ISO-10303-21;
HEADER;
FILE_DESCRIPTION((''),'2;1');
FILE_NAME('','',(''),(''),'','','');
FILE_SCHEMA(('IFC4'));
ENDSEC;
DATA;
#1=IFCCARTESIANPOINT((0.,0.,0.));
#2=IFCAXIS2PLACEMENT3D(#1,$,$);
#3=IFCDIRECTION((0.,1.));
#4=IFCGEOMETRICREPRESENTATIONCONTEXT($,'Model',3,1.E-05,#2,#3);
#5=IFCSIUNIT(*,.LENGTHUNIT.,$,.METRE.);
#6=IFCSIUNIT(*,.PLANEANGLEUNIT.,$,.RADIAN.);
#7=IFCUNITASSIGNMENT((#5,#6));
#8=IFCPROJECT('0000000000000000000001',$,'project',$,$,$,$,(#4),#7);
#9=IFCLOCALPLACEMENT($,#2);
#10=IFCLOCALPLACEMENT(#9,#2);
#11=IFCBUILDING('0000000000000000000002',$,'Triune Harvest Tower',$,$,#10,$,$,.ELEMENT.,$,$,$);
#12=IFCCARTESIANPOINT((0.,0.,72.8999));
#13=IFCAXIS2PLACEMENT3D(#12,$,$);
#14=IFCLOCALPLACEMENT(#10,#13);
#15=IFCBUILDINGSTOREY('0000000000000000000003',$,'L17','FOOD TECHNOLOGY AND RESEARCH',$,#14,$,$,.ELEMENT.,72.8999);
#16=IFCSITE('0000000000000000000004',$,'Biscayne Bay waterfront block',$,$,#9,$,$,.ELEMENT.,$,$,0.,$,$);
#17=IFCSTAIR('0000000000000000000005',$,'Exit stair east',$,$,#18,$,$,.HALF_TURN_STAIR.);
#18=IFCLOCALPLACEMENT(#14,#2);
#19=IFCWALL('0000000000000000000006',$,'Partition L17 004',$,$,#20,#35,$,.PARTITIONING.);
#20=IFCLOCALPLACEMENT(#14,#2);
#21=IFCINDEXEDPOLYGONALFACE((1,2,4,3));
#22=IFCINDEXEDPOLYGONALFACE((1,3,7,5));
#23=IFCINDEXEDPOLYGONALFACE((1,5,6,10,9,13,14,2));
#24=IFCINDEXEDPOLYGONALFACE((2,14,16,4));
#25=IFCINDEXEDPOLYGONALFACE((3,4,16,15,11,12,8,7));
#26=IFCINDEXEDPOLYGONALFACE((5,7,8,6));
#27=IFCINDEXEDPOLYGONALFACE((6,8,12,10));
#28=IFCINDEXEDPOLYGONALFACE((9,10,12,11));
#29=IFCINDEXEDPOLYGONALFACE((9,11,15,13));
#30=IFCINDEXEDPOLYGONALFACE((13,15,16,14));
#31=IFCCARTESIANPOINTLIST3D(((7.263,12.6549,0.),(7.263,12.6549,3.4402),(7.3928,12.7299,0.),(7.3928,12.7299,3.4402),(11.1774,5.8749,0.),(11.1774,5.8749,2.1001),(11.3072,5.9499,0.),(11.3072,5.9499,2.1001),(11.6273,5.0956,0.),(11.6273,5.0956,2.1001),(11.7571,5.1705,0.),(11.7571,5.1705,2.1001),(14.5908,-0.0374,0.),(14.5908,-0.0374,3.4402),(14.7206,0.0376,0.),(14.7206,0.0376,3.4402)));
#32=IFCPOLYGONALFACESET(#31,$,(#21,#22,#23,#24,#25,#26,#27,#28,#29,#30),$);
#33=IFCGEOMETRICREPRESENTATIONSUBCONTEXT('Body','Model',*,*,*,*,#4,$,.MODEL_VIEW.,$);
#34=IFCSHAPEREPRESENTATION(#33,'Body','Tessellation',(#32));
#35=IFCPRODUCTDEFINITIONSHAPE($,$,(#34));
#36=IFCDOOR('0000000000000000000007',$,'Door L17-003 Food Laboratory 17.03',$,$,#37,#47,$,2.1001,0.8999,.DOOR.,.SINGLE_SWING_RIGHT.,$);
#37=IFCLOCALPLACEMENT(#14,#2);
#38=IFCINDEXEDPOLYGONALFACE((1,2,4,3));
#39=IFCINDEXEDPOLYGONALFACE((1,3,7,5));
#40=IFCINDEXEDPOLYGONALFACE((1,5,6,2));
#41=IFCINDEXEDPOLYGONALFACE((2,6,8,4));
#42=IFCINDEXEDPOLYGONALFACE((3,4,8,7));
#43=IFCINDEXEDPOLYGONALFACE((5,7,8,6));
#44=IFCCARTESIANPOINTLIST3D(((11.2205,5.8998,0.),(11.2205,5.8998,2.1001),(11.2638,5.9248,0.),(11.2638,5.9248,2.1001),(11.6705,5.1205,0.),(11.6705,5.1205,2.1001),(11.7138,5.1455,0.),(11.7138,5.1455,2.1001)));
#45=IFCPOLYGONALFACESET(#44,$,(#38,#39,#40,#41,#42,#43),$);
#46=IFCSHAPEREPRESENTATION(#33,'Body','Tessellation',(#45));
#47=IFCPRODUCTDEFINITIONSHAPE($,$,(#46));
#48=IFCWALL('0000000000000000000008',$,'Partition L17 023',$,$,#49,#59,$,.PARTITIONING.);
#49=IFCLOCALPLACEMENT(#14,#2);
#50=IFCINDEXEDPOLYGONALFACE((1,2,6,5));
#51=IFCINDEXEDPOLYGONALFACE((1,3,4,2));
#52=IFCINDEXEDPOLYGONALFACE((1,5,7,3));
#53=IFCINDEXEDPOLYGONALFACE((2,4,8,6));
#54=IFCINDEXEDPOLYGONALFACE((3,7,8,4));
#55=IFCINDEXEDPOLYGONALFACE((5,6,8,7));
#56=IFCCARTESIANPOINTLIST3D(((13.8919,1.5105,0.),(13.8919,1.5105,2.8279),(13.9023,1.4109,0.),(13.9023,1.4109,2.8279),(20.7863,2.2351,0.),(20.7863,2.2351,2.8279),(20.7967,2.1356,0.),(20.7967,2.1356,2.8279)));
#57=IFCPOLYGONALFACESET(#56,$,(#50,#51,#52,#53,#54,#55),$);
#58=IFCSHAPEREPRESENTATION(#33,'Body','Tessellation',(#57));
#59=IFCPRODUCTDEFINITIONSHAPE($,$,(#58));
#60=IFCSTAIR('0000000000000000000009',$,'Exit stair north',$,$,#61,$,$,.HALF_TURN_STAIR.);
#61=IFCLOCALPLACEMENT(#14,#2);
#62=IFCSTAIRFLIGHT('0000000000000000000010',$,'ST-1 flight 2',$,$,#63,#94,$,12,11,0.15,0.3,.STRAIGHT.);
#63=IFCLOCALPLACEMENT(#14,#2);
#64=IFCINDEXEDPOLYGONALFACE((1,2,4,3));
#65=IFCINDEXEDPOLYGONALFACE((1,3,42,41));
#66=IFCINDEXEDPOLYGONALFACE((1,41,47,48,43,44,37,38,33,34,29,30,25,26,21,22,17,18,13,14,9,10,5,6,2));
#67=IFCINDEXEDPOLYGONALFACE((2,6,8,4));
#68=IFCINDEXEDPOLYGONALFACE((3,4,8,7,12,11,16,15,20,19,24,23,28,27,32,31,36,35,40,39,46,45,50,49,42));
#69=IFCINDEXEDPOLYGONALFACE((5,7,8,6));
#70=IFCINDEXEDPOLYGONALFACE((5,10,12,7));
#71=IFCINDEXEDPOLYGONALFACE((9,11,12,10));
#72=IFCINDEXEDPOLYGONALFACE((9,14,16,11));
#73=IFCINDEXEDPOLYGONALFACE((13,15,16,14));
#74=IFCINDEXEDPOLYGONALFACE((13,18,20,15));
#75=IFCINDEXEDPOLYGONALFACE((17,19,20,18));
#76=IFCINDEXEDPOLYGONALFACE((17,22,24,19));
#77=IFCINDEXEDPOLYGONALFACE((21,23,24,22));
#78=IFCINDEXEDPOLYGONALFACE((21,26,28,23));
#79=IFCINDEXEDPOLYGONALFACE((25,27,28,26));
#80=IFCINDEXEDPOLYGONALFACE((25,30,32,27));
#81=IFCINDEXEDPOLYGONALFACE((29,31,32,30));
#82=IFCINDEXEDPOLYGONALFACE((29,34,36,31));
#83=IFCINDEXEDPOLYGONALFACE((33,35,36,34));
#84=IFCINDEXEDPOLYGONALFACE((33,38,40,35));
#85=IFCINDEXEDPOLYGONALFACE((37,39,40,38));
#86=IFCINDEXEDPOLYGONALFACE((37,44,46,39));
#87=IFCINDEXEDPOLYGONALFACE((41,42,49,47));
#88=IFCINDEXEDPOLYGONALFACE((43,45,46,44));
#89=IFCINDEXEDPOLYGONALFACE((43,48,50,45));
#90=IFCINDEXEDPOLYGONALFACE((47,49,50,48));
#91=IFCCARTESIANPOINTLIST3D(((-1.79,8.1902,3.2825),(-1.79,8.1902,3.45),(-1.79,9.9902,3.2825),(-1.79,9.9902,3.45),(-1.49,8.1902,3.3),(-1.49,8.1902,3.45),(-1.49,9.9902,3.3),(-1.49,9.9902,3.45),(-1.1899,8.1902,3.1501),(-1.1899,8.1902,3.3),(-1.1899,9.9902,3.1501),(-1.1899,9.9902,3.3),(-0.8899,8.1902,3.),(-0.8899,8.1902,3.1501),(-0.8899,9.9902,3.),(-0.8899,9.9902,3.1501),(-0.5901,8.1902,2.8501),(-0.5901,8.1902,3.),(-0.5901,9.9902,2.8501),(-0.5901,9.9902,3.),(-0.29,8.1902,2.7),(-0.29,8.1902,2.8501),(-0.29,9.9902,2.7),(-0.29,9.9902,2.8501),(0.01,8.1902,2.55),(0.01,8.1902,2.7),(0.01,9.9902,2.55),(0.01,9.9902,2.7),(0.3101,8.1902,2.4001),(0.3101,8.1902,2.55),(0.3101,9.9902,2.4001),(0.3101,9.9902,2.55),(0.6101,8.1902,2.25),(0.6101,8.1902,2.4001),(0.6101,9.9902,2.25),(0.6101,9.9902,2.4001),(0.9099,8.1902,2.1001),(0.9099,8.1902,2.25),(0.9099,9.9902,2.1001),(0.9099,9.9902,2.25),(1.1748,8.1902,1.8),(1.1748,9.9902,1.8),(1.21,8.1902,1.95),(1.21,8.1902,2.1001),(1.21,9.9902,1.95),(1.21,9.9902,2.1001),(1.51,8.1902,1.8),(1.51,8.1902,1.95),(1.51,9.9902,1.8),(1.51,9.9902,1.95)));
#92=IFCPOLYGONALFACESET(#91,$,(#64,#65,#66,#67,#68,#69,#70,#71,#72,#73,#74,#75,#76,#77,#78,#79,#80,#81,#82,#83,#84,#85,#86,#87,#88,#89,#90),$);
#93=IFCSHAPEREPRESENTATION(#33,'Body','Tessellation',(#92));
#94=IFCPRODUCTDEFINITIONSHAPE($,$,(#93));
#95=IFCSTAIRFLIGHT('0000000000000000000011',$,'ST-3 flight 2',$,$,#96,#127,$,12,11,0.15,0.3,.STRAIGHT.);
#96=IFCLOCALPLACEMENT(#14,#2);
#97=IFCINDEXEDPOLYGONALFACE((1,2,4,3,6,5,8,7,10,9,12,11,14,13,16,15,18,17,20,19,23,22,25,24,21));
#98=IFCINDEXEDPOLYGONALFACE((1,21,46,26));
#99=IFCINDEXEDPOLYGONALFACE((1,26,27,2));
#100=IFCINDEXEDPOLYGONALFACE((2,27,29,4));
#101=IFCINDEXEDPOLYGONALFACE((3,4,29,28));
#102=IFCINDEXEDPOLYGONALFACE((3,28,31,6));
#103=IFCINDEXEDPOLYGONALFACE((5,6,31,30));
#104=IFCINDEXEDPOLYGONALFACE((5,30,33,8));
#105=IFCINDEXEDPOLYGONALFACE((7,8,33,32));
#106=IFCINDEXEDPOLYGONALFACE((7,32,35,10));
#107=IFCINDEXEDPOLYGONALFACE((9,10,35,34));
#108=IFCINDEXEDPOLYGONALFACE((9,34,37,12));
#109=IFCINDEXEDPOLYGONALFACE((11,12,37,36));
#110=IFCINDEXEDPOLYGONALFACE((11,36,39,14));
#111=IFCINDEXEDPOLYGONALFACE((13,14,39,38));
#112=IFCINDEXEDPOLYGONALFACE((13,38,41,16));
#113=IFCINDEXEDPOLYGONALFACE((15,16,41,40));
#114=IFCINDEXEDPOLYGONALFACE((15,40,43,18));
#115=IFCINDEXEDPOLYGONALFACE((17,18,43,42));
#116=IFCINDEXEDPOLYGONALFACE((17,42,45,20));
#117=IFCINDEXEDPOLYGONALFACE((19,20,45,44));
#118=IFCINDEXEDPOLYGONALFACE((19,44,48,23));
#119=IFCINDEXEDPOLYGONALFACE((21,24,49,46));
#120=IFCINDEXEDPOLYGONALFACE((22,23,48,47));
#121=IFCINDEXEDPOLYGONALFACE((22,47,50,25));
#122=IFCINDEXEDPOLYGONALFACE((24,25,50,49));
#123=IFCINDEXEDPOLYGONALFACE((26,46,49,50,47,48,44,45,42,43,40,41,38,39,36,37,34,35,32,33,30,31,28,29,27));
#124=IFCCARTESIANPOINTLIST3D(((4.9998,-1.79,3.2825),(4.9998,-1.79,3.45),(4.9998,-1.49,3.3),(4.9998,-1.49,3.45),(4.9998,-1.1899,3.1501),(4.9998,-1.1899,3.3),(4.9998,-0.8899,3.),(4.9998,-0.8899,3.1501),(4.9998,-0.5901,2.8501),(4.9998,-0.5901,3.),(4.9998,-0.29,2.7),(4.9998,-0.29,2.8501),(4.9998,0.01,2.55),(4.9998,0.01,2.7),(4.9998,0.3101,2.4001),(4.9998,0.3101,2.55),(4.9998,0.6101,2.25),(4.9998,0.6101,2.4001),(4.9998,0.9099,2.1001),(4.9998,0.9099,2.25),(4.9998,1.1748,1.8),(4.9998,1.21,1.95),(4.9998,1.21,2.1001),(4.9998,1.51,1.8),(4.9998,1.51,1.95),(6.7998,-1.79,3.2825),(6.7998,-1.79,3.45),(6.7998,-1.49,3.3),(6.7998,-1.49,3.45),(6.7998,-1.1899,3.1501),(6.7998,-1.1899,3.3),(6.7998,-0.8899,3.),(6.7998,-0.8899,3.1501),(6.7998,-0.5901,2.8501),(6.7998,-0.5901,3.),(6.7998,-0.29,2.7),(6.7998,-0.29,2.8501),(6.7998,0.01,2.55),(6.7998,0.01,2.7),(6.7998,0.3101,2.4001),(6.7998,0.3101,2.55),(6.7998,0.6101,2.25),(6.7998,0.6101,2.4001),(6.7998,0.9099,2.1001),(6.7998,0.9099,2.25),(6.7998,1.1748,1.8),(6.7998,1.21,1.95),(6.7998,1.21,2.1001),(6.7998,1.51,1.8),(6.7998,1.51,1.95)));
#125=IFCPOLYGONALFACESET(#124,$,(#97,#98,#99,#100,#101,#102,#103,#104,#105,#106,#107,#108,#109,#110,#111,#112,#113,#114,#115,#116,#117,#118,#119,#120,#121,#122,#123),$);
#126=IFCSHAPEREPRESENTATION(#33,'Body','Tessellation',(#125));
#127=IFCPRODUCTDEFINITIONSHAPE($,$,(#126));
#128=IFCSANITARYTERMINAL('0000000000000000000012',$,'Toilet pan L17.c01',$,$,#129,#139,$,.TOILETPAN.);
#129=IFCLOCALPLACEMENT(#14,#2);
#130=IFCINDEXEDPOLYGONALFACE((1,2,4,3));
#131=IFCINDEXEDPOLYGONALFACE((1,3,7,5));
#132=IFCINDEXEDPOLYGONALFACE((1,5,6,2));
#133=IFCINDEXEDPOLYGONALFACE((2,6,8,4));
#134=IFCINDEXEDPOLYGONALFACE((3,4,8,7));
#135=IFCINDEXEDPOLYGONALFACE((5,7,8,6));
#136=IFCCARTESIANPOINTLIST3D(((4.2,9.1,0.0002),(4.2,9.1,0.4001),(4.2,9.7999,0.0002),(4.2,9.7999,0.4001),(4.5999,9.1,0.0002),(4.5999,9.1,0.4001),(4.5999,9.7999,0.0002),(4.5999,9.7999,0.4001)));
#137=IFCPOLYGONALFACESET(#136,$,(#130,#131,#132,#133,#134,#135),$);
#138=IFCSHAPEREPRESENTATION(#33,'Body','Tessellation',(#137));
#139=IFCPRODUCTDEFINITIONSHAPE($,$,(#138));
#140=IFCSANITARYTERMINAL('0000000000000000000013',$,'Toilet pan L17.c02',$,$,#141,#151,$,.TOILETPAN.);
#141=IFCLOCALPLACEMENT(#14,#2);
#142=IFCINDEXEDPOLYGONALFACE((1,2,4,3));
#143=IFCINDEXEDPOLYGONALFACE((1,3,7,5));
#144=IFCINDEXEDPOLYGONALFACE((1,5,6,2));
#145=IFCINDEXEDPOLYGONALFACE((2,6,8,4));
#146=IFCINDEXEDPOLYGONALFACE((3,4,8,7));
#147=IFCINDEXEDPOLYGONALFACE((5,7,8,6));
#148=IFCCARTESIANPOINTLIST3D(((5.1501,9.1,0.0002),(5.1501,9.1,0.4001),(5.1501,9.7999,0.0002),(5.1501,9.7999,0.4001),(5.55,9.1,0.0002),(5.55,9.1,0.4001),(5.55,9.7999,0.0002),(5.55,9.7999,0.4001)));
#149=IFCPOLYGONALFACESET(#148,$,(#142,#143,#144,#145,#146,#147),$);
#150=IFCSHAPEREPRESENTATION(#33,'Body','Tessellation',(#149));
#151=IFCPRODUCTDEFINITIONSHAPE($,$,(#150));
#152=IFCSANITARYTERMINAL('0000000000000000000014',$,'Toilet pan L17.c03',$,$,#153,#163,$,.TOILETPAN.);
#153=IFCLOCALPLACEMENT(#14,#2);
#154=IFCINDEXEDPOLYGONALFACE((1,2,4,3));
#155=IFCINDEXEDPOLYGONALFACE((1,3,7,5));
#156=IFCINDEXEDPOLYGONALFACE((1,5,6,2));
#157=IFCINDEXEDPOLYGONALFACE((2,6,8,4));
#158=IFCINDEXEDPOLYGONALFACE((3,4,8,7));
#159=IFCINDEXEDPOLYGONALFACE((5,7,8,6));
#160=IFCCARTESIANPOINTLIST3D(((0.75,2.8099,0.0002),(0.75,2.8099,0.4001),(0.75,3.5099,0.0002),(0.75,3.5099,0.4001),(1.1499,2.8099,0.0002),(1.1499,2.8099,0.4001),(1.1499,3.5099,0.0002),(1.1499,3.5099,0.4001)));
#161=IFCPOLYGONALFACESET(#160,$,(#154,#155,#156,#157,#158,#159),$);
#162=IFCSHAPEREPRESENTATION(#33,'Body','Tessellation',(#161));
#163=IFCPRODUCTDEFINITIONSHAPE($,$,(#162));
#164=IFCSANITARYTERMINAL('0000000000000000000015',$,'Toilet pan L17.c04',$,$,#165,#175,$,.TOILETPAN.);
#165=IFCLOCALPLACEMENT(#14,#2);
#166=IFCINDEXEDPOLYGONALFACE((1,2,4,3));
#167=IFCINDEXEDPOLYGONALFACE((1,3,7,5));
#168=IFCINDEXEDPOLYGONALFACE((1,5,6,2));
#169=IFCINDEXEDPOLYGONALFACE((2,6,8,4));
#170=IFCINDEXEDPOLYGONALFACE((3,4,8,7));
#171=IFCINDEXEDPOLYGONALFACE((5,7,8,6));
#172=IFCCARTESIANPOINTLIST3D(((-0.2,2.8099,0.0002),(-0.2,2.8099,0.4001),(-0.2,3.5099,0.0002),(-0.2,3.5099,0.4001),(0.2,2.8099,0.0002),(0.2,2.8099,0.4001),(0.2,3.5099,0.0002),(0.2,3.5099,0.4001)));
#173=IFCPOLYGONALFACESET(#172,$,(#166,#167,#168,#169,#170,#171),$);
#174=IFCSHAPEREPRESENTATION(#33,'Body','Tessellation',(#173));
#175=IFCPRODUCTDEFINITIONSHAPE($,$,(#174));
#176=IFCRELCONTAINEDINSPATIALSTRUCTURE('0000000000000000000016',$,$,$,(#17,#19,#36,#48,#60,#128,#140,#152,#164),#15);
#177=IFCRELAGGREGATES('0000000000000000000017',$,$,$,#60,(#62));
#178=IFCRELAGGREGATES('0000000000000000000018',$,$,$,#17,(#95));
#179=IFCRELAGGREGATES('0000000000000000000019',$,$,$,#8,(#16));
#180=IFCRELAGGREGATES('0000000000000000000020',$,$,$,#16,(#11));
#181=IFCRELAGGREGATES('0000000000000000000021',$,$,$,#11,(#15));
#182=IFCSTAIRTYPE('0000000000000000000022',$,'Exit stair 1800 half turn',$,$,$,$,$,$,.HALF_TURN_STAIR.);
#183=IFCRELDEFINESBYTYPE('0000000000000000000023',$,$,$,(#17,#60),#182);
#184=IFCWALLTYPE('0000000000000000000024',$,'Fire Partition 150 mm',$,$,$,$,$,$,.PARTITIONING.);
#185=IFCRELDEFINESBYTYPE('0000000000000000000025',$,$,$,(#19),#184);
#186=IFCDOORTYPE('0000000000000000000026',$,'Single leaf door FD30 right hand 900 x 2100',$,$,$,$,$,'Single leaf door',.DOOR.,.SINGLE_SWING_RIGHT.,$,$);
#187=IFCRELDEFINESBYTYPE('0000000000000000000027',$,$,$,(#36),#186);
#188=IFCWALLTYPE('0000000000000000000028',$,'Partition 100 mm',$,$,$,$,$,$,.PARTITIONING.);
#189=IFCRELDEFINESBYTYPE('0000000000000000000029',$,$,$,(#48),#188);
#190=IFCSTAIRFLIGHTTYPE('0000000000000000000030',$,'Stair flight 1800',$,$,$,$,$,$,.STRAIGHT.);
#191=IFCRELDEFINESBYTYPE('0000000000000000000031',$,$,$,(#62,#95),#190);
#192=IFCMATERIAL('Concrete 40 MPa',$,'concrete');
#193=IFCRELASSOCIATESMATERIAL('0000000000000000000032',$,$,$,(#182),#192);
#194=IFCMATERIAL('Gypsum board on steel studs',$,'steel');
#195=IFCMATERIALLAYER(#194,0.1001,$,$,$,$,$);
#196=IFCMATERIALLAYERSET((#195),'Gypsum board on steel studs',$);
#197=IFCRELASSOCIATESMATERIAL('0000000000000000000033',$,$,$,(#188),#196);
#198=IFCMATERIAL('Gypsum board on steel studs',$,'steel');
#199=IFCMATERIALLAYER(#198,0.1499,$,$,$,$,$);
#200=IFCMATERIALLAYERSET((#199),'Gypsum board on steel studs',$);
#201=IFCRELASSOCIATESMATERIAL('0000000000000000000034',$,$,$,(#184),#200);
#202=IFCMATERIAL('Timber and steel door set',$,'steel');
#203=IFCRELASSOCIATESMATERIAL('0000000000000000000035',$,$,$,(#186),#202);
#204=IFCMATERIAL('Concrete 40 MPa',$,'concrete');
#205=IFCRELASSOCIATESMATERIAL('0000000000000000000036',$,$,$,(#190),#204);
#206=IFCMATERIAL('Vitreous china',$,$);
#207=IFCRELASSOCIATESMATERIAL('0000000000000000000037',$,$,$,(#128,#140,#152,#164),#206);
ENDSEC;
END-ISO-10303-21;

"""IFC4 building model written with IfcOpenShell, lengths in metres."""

from ifc_helpers import new_model, si_unit, direction, frame, frame_2d, origin, origin_2d, place, context, subcontext, project, spatial, polyline, rectangle, outline, extrude, source, transform, mapped, material, layer, layer_set, type_object, element, fill, aggregate, save


model = new_model("IFC4")

# Units and contexts
model_context = context("Model", 3, precision=1e-05, world=origin(), true_north=direction((0.0, 1.0)))
body_context = subcontext(model_context, "Body", "Model", "MODEL_VIEW")
ifc_project = project(units=[si_unit("LENGTHUNIT", "METRE"), si_unit("PLANEANGLEUNIT", "RADIAN")], contexts=[model_context])

# Site, building, storey
site_placement = place(None, origin())
site = spatial("IfcSite", under=ifc_project, at=site_placement, Name="Biscayne Bay waterfront block", CompositionType="ELEMENT", RefElevation=0.0)
building_placement = place(site_placement, origin())
building = spatial("IfcBuilding", under=site, at=building_placement, Name="Triune Harvest Tower", CompositionType="ELEMENT")
storey_placement = place(building_placement, frame((0.0, 0.0, 72.8999)))
storey = spatial("IfcBuildingStorey", under=building, at=storey_placement, Name="L17", Description="FOOD TECHNOLOGY AND RESEARCH", CompositionType="ELEMENT", Elevation=72.8999)

# Shared definitions
ifc_material_1 = material(Name="Concrete 40 MPa", Category="concrete")
stair_type = type_object("IfcStairType", Name="Exit stair 1800 half turn", PredefinedType="HALF_TURN_STAIR", material=ifc_material_1)

# Stair
stair_1_placement = place(storey_placement, origin())
stair_1 = element("IfcStair", 1, at=stair_1_placement, inside=storey, type_object=stair_type, Name="Exit stair east", PredefinedType="HALF_TURN_STAIR")

# Shared definitions
ifc_material_2 = material(Name="Gypsum board on steel studs", Category="steel")
ifc_layer_1 = layer(ifc_material_2, 0.1001)
ifc_layer_set_1 = layer_set([ifc_layer_1], Name="Gypsum board on steel studs")
wall_type_1 = type_object("IfcWallType", Name="Partition 100 mm", PredefinedType="PARTITIONING", material=ifc_layer_set_1)

# Wall, opening, door
ifc_material_3 = material(Name="Gypsum board on steel studs", Category="steel")
ifc_layer_2 = layer(ifc_material_3, 0.1499)
ifc_layer_set_2 = layer_set([ifc_layer_2], Name="Gypsum board on steel studs")
wall_type_2 = type_object("IfcWallType", Name="Fire Partition 150 mm", PredefinedType="PARTITIONING", material=ifc_layer_set_2)
shared_shape_1 = source(origin(), body_context, "Body", "SweptSolid", [
    extrude(rectangle(XDim=14.6558, YDim=0.1499, at=frame_2d((7.3279, 0.0))), origin(), (0.0, 0.0, 1.0), 3.4402),
])
wall_1_placement = place(storey_placement, frame((7.3279, 12.6924, 0.0), z_axis=(0.0, 0.0, 1.0), x_axis=(0.499996, -0.866027, 0.0)))
wall_1 = element("IfcWall", 2, at=wall_1_placement, inside=storey, type_object=wall_type_2, Name="Partition L17 004", PredefinedType="PARTITIONING", context=body_context, shape_type="MappedRepresentation", body=[
    mapped(shared_shape_1, transform((0.0, 0.0, 0.0), scale=1.0)),
])
opening_1_placement = place(wall_1_placement, frame((7.8289, 0.0, 0.0)))
opening_1 = element("IfcOpeningElement", 3, at=opening_1_placement, cuts=wall_1, PredefinedType="OPENING", context=body_context, shape_type="SweptSolid", body=[
    extrude(rectangle(XDim=0.8999, YDim=2.1001, at=frame_2d((0.45, 1.05))), frame((0.0, 0.085, 0.0), z_axis=(0.0, -1.0, 0.0), x_axis=(1.0, 0.0, 0.0)), (0.0, 0.0, 1.0), 0.1699),
])
ifc_material_4 = material(Name="Timber and steel door set", Category="steel")
door_type_1 = type_object("IfcDoorType", Name="Single leaf door FD30 right hand 900 x 2100", ElementType="Single leaf door", OperationType="SINGLE_SWING_RIGHT", PredefinedType="DOOR", material=ifc_material_4)
door_1_placement = place(opening_1_placement, origin())
door_1 = element("IfcDoor", 4, at=door_1_placement, inside=storey, type_object=door_type_1, Name="Door L17-003 Food Laboratory 17.03", OperationType="SINGLE_SWING_RIGHT", OverallHeight=2.1001, OverallWidth=0.8999, PredefinedType="DOOR", context=body_context, shape_type="SweptSolid", body=[
    extrude(rectangle(XDim=0.8999, YDim=2.1001, at=frame_2d((0.45, 1.05))), frame((0.0, 0.0249, 0.0), z_axis=(0.0, -1.0, 0.0), x_axis=(1.0, 0.0, 0.0)), (0.0, 0.0, 1.0), 0.05),
])
fill(opening_1, door_1)

# Wall
shared_shape_2 = source(origin(), body_context, "Body", "SweptSolid", [
    extrude(rectangle(XDim=6.9324, YDim=0.1001, at=frame_2d((3.4663, 0.0))), origin(), (0.0, 0.0, 1.0), 2.8279),
])
wall_2_placement = place(storey_placement, frame((13.897, 1.4607, 0.0), z_axis=(0.0, 0.0, 1.0), x_axis=(0.994522, 0.104527, 0.0)))
element("IfcWall", 5, at=wall_2_placement, inside=storey, type_object=wall_type_1, Name="Partition L17 023", PredefinedType="PARTITIONING", context=body_context, shape_type="MappedRepresentation", body=[
    mapped(shared_shape_2, transform((0.0, 0.0, 0.0), scale=1.0)),
])

# Stair, stair flight
stair_2_placement = place(storey_placement, origin())
stair_2 = element("IfcStair", 6, at=stair_2_placement, inside=storey, type_object=stair_type, Name="Exit stair north", PredefinedType="HALF_TURN_STAIR")
ifc_material_5 = material(Name="Concrete 40 MPa", Category="concrete")
stair_flight_type = type_object("IfcStairFlightType", Name="Stair flight 1800", PredefinedType="STRAIGHT", material=ifc_material_5)
shared_shape_3 = source(origin(), body_context, "Body", "SweptSolid", [
    extrude(outline(polyline([(0.0, 0.0), (0.0, 0.1499), (0.3, 0.1499), (0.3, 0.3), (0.6001, 0.3), (0.6001, 0.45), (0.8999, 0.45), (0.8999, 0.6001), (1.2, 0.6001), (1.2, 0.75), (1.5, 0.75), (1.5, 0.8999), (1.8, 0.8999), (1.8, 1.05), (2.1001, 1.05), (2.1001, 1.2), (2.3999, 1.2), (2.3999, 1.3501), (2.7, 1.3501), (2.7, 1.5), (3.0, 1.5), (3.0, 1.6499), (3.3, 1.6499), (3.3, 1.8), (3.3, 1.4824), (0.3352, 0.0), (0.0, 0.0)])), frame((0.0, 0.8999, 0.0), z_axis=(0.0, -1.0, 0.0), x_axis=(1.0, 0.0, 0.0)), (0.0, 0.0, 1.0), 1.8),
])
stair_flight_1_placement = place(storey_placement, frame((1.51, 9.0901, 1.8), z_axis=(0.0, 0.0, 1.0), x_axis=(-1.0, 0.0, 0.0)))
stair_flight_1 = element("IfcStairFlight", 7, at=stair_flight_1_placement, type_object=stair_flight_type, Name="ST-1 flight 2", NumberOfRisers=12, NumberOfTreads=11, PredefinedType="STRAIGHT", RiserHeight=0.15, TreadLength=0.3, context=body_context, shape_type="MappedRepresentation", body=[
    mapped(shared_shape_3, transform((0.0, 0.0, 0.0), scale=1.0)),
])
aggregate(stair_2, [stair_flight_1])

# Stair flight
stair_flight_2_placement = place(storey_placement, frame((5.8999, 1.51, 1.8), z_axis=(0.0, 0.0, 1.0), x_axis=(0.0, -1.0, 0.0)))
stair_flight_2 = element("IfcStairFlight", 8, at=stair_flight_2_placement, type_object=stair_flight_type, Name="ST-3 flight 2", NumberOfRisers=12, NumberOfTreads=11, PredefinedType="STRAIGHT", RiserHeight=0.15, TreadLength=0.3, context=body_context, shape_type="MappedRepresentation", body=[
    mapped(shared_shape_3, transform((0.0, 0.0, 0.0), scale=1.0)),
])
aggregate(stair_1, [stair_flight_2])

# Sanitary terminals
ifc_material_6 = material(Name="Vitreous china")
shared_shape_4 = source(origin(), body_context, "Body", "SweptSolid", [
    extrude(rectangle(XDim=0.3999, YDim=0.7, at=origin_2d()), origin(), (0.0, 0.0, 1.0), 0.3999),
])
for number, where, z_axis, x_axis, name in (
    (9, (4.3999, 9.45, 0.0002), (0.0, 0.0, 1.0), (1.0, 0.0, 0.0), "Toilet pan L17.c01"),
    (10, (5.3501, 9.45, 0.0002), (0.0, 0.0, 1.0), (1.0, 0.0, 0.0), "Toilet pan L17.c02"),
    (11, (0.95, 3.1599, 0.0002), (0.0, 0.0, 1.0), (-1.0, 0.0, 0.0), "Toilet pan L17.c03"),
    (12, (0.0, 3.1599, 0.0002), (0.0, 0.0, 1.0), (-1.0, 0.0, 0.0), "Toilet pan L17.c04"),
):
    element("IfcSanitaryTerminal", number, at=place(storey_placement, frame(where, z_axis=z_axis, x_axis=x_axis)), inside=storey, material=ifc_material_6, Name=name, PredefinedType="TOILETPAN", context=body_context, shape_type="MappedRepresentation", body=[
        mapped(shared_shape_4, transform((0.0, 0.0, 0.0), scale=1.0)),
    ])

save(model, "model.ifc")
